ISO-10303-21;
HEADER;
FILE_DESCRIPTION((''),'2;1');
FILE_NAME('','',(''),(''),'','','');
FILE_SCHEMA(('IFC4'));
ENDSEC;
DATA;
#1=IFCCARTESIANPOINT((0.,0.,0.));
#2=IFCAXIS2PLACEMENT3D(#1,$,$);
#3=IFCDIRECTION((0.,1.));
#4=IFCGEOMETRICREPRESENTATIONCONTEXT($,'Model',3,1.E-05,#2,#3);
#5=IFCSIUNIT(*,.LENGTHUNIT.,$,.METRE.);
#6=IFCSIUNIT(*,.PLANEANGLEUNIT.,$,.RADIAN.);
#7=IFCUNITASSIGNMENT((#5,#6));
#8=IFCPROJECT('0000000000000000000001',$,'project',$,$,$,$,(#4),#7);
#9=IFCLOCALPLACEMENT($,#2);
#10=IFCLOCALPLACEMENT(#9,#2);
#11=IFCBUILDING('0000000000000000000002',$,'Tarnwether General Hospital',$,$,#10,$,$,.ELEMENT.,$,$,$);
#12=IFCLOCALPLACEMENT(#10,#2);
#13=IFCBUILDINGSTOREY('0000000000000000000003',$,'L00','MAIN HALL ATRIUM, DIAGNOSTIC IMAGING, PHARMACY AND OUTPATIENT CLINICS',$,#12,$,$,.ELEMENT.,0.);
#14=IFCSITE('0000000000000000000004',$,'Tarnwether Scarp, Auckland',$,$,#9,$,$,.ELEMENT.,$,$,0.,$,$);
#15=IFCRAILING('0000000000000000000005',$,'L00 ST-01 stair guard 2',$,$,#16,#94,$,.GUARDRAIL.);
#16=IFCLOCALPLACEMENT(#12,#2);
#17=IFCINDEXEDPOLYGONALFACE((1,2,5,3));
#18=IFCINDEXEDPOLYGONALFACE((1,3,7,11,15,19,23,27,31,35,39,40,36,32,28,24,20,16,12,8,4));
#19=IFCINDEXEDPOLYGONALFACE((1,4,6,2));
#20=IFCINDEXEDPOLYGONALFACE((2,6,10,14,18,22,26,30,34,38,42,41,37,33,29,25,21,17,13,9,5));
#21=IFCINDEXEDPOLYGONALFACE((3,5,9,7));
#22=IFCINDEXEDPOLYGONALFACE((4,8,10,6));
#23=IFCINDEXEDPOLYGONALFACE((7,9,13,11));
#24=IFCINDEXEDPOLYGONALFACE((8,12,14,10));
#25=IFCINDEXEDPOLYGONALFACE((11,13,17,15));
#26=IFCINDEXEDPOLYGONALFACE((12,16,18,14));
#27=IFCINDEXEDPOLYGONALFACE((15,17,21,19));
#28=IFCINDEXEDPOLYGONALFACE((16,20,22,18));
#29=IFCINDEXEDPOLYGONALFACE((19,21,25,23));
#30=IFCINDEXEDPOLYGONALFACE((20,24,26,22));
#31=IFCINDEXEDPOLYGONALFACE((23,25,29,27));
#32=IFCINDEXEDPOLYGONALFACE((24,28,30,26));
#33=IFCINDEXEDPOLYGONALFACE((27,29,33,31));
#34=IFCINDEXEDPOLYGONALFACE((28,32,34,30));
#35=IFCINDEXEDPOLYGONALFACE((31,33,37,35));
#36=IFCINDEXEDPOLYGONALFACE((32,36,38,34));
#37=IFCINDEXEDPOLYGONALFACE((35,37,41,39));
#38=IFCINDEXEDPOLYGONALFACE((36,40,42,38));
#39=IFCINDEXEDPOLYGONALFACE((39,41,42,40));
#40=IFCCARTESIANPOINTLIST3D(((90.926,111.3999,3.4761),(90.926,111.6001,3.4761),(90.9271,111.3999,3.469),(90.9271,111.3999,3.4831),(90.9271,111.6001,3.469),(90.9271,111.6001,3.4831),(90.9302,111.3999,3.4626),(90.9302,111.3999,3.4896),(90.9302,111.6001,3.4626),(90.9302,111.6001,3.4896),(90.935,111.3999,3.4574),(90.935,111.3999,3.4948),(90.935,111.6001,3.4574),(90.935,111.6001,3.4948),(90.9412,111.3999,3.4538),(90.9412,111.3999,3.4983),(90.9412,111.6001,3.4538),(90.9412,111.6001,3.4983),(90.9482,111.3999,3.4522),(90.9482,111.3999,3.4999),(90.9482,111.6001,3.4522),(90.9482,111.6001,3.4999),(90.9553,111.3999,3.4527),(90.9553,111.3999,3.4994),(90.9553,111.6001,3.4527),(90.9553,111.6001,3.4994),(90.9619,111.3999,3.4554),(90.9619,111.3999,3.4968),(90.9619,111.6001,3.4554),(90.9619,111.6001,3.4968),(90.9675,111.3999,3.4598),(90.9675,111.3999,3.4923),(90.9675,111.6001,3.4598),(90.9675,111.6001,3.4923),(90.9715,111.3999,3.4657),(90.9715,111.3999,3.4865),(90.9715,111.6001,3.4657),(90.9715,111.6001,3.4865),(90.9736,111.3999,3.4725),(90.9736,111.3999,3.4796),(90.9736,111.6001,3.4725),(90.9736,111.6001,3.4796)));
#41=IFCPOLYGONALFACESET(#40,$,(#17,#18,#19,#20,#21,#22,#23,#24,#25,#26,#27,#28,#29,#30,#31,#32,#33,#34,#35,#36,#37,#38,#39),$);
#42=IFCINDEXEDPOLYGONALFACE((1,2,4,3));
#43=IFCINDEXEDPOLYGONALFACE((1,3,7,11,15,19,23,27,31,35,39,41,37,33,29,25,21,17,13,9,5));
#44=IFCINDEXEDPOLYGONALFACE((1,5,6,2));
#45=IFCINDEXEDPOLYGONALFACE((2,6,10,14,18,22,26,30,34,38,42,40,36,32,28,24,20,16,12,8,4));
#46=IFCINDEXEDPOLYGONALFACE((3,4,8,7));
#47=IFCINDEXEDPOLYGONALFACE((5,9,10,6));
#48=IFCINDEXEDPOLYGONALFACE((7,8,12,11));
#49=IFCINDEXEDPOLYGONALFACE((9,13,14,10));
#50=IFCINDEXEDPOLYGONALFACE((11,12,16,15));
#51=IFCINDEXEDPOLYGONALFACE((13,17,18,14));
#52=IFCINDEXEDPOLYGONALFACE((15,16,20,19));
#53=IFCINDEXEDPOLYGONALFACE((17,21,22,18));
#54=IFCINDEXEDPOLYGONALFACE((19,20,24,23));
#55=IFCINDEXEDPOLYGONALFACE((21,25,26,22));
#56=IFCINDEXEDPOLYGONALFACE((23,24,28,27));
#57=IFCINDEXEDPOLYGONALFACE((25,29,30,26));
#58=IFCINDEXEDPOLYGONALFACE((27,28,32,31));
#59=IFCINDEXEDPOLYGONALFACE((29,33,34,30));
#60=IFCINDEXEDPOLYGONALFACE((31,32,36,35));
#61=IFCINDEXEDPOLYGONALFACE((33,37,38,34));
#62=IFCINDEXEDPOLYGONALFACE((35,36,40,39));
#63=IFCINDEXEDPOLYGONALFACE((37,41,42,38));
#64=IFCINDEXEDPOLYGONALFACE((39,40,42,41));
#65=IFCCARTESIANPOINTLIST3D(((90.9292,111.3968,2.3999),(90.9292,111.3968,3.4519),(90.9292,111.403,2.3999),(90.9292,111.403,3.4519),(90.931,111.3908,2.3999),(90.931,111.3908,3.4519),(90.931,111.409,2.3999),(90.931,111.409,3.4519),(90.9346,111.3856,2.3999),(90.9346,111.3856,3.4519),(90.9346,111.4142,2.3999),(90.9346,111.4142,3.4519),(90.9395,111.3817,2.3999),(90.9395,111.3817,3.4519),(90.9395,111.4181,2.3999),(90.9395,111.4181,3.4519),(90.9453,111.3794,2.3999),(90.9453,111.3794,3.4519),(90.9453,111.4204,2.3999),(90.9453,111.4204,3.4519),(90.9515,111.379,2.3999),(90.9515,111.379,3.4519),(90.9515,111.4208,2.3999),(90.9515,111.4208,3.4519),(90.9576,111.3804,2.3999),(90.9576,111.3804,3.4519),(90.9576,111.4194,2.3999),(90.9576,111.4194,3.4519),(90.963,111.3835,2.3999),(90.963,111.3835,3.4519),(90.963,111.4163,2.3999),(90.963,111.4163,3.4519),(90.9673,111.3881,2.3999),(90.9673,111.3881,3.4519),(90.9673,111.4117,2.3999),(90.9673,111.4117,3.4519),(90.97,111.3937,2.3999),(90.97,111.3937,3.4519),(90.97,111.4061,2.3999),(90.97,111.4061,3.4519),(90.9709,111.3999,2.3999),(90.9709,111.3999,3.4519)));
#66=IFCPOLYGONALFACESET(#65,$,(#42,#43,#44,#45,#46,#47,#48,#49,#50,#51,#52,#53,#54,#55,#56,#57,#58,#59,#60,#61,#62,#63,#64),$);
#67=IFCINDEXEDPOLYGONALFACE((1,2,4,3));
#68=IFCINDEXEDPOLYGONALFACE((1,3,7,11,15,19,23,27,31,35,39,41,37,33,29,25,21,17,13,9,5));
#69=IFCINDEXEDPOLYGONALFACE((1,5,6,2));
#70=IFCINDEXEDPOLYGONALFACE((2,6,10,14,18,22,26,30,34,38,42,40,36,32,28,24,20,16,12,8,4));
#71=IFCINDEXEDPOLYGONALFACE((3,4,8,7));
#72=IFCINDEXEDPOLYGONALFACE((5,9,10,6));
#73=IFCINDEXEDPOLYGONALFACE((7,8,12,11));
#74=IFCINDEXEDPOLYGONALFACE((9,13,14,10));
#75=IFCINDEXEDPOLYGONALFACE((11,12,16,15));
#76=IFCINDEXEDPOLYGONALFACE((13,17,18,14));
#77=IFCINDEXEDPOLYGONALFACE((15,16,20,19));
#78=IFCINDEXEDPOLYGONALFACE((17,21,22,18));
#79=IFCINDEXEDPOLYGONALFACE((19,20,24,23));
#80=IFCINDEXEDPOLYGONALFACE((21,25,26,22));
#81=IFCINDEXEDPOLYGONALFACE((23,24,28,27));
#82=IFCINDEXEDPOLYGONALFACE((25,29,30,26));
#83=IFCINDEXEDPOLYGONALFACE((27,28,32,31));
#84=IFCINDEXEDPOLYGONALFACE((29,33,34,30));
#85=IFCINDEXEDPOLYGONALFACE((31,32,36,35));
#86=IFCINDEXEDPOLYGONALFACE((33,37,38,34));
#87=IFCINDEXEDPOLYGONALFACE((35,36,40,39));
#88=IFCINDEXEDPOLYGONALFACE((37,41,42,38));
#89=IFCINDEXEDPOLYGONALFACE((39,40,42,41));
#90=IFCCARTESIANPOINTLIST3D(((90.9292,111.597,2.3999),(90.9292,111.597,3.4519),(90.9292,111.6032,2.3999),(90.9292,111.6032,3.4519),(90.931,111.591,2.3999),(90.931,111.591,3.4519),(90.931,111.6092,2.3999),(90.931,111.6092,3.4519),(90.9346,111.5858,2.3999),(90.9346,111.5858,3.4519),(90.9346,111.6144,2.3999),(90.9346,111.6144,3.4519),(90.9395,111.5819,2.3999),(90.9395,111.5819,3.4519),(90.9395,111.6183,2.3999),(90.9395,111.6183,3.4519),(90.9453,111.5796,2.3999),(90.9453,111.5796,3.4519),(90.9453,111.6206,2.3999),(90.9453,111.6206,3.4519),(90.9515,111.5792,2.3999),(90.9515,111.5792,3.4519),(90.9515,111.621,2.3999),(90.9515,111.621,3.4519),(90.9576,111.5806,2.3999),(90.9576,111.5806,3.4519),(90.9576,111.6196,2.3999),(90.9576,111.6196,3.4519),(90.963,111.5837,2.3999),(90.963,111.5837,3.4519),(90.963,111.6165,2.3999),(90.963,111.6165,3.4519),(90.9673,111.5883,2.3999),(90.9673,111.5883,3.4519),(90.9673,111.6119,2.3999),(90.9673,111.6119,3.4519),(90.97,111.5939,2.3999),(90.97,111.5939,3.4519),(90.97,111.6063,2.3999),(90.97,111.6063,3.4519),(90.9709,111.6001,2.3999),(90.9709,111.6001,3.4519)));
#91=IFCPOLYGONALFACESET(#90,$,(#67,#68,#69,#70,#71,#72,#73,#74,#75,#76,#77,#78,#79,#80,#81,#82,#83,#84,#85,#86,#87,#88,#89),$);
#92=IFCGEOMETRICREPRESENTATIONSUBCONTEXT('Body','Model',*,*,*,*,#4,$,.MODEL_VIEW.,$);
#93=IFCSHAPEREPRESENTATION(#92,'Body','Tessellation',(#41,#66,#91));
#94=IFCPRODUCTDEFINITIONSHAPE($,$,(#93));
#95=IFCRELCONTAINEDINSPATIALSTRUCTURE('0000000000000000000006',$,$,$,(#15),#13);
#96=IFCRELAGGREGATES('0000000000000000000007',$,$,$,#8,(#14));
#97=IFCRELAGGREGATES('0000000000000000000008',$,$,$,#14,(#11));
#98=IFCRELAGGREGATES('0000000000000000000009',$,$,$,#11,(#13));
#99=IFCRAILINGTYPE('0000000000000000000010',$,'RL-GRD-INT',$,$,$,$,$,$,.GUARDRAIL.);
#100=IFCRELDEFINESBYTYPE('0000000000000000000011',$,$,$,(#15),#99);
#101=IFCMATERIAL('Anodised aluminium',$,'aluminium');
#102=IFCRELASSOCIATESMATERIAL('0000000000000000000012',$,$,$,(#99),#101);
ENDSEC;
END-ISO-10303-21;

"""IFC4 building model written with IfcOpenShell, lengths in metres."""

from ifc_helpers import new_model, si_unit, direction, frame, origin, origin_2d, place, context, subcontext, project, spatial, circle, extrude, material, type_object, element, save


model = new_model("IFC4")

# Units and contexts
model_context = context("Model", 3, precision=1e-05, world=origin(), true_north=direction((0.0, 1.0)))
body_context = subcontext(model_context, "Body", "Model", "MODEL_VIEW")
ifc_project = project(units=[si_unit("LENGTHUNIT", "METRE"), si_unit("PLANEANGLEUNIT", "RADIAN")], contexts=[model_context])

# Site, building, storey
site_placement = place(None, origin())
site = spatial("IfcSite", under=ifc_project, at=site_placement, Name="Tarnwether Scarp, Auckland", CompositionType="ELEMENT", RefElevation=0.0)
building_placement = place(site_placement, origin())
building = spatial("IfcBuilding", under=site, at=building_placement, Name="Tarnwether General Hospital", CompositionType="ELEMENT")
storey_placement = place(building_placement, origin())
storey = spatial("IfcBuildingStorey", under=building, at=storey_placement, Name="L00", Description="MAIN HALL ATRIUM, DIAGNOSTIC IMAGING, PHARMACY AND OUTPATIENT CLINICS", CompositionType="ELEMENT", Elevation=0.0)

# Railing
ifc_material_1 = material(Name="Anodised aluminium", Category="aluminium")
railing_type_1 = type_object("IfcRailingType", Name="RL-GRD-INT", PredefinedType="GUARDRAIL", material=ifc_material_1)
railing_1_placement = place(storey_placement, frame((90.95, 111.3999, 2.3999)))
element("IfcRailing", 1, at=railing_1_placement, inside=storey, type_object=railing_type_1, Name="L00 ST-01 stair guard 2", PredefinedType="GUARDRAIL", context=body_context, shape_type="SweptSolid", body=[
    extrude(circle(Radius=0.0239, at=origin_2d()), frame((0.0, 0.0, 1.0762), z_axis=(0.0, 1.0, 0.0), x_axis=(-1.0, 0.0, 0.0)), (0.0, 0.0, 1.0), 0.2002),
    extrude(circle(Radius=0.021, at=origin_2d()), origin(), (0.0, 0.0, 1.0), 1.052),
    extrude(circle(Radius=0.021, at=origin_2d()), frame((0.0, 0.2002, 0.0)), (0.0, 0.0, 1.0), 1.052),
])

save(model, "model.ifc")
